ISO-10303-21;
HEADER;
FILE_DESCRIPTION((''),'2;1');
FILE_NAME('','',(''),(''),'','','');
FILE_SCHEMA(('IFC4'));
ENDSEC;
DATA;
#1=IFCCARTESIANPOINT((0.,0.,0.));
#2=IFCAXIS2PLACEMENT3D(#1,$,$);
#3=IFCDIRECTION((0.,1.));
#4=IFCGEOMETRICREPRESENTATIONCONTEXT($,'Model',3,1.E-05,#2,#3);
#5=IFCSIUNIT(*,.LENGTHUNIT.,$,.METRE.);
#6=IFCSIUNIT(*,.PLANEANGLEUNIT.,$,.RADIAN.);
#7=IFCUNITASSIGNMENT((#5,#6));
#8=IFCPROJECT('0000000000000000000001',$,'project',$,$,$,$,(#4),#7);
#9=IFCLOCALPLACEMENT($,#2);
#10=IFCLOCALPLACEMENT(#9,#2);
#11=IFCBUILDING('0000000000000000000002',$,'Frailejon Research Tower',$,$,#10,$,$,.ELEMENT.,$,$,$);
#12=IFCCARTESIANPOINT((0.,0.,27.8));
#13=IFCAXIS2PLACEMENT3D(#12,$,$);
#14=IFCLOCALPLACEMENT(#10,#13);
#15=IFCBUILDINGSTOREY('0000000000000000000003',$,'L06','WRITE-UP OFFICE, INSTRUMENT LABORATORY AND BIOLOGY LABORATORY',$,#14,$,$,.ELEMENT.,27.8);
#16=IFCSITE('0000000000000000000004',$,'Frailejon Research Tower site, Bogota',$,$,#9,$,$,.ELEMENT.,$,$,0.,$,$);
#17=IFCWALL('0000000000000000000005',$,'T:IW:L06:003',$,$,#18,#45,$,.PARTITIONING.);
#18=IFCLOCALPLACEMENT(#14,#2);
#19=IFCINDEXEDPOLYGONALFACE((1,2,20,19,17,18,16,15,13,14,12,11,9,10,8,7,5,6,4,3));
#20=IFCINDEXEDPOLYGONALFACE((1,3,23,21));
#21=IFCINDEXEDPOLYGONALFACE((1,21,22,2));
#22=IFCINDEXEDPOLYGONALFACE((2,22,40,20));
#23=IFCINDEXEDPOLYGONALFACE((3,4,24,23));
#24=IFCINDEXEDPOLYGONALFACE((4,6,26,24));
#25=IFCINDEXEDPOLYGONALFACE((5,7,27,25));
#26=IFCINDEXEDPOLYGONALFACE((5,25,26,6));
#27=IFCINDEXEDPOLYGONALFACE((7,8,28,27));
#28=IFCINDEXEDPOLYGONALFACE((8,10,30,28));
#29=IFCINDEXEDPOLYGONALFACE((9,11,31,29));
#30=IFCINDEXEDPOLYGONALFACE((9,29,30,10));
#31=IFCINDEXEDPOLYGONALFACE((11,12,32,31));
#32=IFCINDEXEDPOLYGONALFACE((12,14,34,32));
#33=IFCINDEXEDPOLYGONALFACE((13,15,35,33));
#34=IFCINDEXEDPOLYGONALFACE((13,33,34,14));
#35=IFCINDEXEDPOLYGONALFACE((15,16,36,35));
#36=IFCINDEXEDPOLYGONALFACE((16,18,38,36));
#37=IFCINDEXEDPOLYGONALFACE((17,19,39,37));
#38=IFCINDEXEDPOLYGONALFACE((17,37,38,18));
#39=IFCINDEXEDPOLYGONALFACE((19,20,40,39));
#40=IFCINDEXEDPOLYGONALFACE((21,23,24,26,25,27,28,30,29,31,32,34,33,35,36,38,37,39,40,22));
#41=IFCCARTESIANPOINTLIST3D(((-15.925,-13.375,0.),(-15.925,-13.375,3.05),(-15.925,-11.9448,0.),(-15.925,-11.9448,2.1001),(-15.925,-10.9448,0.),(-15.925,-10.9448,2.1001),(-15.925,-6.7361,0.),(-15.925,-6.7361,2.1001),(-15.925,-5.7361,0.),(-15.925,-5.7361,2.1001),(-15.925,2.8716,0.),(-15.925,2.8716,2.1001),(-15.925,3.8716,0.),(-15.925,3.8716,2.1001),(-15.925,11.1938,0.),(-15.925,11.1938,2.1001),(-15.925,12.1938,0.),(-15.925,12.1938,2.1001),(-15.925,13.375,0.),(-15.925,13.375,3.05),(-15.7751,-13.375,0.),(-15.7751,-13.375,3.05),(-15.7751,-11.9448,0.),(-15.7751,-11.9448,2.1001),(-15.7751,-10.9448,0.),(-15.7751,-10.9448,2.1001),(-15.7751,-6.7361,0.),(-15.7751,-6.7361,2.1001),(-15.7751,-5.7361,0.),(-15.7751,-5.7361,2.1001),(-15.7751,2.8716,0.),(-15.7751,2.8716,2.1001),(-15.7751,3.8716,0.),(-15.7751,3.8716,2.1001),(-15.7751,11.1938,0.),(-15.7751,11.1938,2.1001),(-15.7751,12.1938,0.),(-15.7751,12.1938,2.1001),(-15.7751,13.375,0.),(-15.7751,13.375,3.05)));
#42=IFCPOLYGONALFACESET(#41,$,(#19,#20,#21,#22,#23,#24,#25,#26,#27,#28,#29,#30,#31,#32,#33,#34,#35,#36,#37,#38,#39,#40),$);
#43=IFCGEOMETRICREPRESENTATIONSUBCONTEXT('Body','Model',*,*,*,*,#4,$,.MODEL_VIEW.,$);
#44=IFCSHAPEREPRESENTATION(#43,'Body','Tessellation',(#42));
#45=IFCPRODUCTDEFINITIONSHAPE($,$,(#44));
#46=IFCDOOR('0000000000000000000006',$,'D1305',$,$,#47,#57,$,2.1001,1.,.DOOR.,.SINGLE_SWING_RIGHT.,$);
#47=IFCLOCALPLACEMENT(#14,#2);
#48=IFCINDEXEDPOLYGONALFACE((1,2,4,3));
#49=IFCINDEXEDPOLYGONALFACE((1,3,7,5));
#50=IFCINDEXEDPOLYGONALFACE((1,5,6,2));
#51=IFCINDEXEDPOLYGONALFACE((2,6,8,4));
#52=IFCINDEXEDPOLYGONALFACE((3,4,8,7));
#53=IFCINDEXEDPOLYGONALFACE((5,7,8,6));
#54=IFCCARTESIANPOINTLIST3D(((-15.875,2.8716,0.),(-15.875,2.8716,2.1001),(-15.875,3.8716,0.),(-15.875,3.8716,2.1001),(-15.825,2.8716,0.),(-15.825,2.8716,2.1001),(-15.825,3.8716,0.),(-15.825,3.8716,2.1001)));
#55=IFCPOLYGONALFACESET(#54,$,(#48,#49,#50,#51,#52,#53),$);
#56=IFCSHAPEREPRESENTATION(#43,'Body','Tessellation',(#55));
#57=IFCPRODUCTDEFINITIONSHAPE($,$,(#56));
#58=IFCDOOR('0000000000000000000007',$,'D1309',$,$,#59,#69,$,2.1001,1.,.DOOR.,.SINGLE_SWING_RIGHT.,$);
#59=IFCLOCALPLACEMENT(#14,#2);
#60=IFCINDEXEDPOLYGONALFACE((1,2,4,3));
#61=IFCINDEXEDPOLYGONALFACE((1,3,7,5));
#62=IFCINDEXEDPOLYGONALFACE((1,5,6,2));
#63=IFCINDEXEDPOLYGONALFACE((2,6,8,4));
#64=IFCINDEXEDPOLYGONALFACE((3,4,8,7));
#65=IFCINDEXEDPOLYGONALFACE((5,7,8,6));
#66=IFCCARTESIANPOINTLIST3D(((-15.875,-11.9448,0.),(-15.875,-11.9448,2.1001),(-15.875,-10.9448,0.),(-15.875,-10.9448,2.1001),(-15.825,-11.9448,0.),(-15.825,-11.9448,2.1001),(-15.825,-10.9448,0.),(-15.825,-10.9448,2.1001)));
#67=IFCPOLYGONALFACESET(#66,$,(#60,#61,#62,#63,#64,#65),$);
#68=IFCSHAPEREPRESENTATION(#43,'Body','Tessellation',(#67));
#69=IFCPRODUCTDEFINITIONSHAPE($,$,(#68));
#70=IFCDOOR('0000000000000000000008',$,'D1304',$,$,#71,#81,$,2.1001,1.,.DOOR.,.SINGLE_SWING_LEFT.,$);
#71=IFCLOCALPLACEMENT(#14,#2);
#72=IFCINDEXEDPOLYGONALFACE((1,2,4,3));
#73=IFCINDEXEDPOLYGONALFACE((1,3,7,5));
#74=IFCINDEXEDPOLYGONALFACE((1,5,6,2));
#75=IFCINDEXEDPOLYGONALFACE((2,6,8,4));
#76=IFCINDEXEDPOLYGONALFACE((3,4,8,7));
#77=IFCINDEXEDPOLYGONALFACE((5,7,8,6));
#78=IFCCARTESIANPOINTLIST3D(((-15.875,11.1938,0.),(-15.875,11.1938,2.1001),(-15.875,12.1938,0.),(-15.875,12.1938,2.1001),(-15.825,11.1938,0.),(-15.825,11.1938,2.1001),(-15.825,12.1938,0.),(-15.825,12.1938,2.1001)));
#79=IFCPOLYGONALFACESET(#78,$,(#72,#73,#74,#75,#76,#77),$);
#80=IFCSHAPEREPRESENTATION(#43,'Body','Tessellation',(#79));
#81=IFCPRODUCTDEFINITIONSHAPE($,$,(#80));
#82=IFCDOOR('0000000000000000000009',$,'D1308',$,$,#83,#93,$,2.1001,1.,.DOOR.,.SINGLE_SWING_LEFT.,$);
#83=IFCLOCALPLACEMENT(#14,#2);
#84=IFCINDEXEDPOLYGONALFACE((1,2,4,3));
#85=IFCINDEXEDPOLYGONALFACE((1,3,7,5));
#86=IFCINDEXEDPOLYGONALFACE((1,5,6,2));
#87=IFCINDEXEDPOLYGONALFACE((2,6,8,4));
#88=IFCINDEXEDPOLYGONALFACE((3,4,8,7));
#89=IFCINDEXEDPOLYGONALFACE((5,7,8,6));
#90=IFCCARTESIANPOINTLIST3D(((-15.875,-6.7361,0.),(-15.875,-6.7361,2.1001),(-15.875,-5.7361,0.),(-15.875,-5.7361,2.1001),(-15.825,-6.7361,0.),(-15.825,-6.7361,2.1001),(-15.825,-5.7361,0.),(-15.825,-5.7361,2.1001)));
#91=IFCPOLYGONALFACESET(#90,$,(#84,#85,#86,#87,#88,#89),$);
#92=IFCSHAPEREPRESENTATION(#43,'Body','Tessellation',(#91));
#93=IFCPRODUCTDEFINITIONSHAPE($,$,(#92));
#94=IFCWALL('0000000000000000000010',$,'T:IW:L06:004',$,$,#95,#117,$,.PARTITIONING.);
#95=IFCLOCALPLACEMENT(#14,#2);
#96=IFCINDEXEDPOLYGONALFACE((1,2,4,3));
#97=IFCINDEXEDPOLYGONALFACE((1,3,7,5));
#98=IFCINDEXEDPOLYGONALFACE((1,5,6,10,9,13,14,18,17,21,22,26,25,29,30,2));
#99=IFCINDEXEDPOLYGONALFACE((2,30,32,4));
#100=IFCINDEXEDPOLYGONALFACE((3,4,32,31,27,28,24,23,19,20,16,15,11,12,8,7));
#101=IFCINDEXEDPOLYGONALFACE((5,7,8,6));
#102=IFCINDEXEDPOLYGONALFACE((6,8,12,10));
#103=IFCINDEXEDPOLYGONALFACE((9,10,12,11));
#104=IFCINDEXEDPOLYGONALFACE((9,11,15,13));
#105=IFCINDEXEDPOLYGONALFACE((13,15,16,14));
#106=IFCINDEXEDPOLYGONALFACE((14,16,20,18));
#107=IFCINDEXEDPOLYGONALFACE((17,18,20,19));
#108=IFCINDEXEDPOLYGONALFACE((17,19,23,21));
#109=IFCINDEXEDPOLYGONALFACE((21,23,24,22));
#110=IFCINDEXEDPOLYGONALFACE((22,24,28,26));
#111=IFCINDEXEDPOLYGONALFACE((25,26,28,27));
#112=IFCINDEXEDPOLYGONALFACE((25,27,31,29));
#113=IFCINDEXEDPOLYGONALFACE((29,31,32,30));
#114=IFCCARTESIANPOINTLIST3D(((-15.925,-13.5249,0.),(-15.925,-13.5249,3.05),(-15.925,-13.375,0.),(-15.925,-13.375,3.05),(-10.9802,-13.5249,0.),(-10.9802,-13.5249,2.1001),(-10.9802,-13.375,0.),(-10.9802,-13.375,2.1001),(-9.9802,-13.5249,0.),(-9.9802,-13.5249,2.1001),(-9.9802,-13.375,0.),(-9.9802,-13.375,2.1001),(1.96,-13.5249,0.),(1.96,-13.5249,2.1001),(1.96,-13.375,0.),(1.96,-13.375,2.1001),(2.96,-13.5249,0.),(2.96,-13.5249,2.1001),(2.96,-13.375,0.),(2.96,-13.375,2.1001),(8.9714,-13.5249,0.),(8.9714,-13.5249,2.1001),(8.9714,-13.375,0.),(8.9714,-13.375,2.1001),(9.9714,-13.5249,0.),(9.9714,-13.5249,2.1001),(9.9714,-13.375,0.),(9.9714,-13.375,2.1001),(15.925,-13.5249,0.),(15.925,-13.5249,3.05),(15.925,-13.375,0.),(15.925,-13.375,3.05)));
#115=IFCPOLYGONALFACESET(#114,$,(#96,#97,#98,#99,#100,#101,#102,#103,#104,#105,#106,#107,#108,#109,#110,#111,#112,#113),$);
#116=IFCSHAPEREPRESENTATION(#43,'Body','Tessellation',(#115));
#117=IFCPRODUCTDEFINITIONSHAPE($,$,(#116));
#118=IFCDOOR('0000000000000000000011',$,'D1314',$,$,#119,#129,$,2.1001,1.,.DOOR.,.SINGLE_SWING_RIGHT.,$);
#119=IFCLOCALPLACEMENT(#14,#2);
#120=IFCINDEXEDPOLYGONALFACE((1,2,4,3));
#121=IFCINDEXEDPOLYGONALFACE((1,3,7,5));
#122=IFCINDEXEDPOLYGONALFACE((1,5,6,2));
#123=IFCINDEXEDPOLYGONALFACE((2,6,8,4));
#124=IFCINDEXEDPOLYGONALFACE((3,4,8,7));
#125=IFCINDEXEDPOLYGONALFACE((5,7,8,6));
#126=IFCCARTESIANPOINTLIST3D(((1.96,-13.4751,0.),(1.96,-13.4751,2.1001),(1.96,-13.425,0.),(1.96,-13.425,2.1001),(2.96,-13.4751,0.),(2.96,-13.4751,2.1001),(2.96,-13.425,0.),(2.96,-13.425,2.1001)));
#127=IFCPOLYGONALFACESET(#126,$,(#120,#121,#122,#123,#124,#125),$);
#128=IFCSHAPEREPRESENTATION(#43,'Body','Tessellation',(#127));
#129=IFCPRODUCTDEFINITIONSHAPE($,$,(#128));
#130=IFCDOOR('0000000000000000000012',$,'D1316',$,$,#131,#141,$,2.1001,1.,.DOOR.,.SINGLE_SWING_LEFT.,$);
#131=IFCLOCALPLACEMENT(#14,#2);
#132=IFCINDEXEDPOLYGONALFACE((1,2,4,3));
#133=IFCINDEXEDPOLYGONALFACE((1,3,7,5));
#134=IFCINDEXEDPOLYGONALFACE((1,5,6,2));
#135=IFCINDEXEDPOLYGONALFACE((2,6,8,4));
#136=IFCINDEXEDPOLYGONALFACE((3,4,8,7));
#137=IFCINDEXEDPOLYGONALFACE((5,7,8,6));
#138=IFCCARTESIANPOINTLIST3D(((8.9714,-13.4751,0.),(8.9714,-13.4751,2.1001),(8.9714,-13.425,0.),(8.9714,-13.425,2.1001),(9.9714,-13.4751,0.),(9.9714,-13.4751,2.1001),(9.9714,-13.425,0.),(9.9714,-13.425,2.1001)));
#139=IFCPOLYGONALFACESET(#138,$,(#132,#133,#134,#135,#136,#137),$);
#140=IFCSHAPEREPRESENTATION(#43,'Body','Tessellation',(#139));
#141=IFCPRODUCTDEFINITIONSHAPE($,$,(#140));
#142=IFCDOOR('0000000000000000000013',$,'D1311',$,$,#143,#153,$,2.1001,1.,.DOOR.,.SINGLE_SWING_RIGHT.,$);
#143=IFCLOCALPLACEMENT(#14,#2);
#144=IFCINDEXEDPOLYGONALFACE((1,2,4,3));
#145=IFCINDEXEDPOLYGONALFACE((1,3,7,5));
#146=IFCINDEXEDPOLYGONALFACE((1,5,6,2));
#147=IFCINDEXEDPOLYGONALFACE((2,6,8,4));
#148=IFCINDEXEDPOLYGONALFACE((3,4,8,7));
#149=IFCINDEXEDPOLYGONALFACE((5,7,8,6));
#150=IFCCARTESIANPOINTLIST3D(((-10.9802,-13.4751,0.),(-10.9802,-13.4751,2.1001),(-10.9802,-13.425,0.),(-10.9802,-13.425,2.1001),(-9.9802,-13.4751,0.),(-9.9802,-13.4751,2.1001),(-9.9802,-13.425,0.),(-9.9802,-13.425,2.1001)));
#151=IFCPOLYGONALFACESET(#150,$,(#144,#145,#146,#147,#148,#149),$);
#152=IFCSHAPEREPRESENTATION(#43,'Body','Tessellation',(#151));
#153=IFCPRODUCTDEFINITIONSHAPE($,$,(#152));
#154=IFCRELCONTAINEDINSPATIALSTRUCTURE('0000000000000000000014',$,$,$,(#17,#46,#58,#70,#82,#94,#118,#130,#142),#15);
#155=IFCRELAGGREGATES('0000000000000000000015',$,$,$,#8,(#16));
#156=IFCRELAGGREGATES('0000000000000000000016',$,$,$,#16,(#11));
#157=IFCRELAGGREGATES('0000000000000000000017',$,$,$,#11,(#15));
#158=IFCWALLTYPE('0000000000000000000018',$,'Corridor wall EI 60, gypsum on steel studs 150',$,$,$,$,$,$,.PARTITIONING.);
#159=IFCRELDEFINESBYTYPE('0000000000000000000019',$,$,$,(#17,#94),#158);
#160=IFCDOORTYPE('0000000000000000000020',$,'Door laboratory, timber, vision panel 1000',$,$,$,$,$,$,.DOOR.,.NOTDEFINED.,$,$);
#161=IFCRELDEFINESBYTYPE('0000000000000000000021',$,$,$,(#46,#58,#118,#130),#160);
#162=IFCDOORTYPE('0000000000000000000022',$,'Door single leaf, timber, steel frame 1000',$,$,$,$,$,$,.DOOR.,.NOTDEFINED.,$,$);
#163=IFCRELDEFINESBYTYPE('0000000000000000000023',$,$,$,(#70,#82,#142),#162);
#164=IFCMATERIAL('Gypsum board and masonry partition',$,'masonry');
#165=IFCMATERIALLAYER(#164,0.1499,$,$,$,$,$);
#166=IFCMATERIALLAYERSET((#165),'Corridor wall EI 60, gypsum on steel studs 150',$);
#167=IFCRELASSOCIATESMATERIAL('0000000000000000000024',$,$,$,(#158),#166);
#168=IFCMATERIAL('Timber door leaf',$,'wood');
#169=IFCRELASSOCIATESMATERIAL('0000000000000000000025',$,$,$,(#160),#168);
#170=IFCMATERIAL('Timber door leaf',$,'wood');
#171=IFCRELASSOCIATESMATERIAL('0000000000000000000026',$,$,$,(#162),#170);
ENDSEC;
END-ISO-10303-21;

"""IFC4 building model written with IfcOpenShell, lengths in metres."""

from ifc_helpers import new_model, si_unit, direction, frame, frame_2d, origin, place, context, subcontext, project, spatial, rectangle, extrude, material, layer, layer_set, type_object, element, fill, save


model = new_model("IFC4")

# Units and contexts
model_context = context("Model", 3, precision=1e-05, world=origin(), true_north=direction((0.0, 1.0)))
body_context = subcontext(model_context, "Body", "Model", "MODEL_VIEW")
ifc_project = project(units=[si_unit("LENGTHUNIT", "METRE"), si_unit("PLANEANGLEUNIT", "RADIAN")], contexts=[model_context])

# Site, building, storey
site_placement = place(None, origin())
site = spatial("IfcSite", under=ifc_project, at=site_placement, Name="Frailejon Research Tower site, Bogota", CompositionType="ELEMENT", RefElevation=0.0)
building_placement = place(site_placement, origin())
building = spatial("IfcBuilding", under=site, at=building_placement, Name="Frailejon Research Tower", CompositionType="ELEMENT")
storey_placement = place(building_placement, frame((0.0, 0.0, 27.8)))
storey = spatial("IfcBuildingStorey", under=building, at=storey_placement, Name="L06", Description="WRITE-UP OFFICE, INSTRUMENT LABORATORY AND BIOLOGY LABORATORY", CompositionType="ELEMENT", Elevation=27.8)

# Walls, openings, doors
ifc_material_1 = material(Name="Gypsum board and masonry partition", Category="masonry")
ifc_layer_1 = layer(ifc_material_1, 0.1499)
ifc_layer_set_1 = layer_set([ifc_layer_1], Name="Corridor wall EI 60, gypsum on steel studs 150")
wall_type_1 = type_object("IfcWallType", Name="Corridor wall EI 60, gypsum on steel studs 150", PredefinedType="PARTITIONING", material=ifc_layer_set_1)
wall_1_placement = place(storey_placement, frame((-15.8501, -13.375, 0.0), z_axis=(0.0, 0.0, 1.0), x_axis=(0.0, 1.0, 0.0)))
wall_1 = element("IfcWall", 1, at=wall_1_placement, inside=storey, type_object=wall_type_1, Name="T:IW:L06:003", PredefinedType="PARTITIONING", context=body_context, shape_type="SweptSolid", body=[
    extrude(rectangle(XDim=26.75, YDim=0.1499, at=frame_2d((13.375, 0.0))), origin(), (0.0, 0.0, 1.0), 3.05),
])
opening_1_placement = place(wall_1_placement, frame((24.5688, 0.0, 0.0)))
opening_1 = element("IfcOpeningElement", 2, at=opening_1_placement, cuts=wall_1, PredefinedType="OPENING", context=body_context, shape_type="SweptSolid", body=[
    extrude(rectangle(XDim=1.0, YDim=2.1001, at=frame_2d((0.5, 1.05))), frame((0.0, 0.085, 0.0), z_axis=(0.0, -1.0, 0.0), x_axis=(1.0, 0.0, 0.0)), (0.0, 0.0, 1.0), 0.1699),
])
opening_2_placement = place(wall_1_placement, frame((16.2466, 0.0, 0.0)))
opening_2 = element("IfcOpeningElement", 3, at=opening_2_placement, cuts=wall_1, PredefinedType="OPENING", context=body_context, shape_type="SweptSolid", body=[
    extrude(rectangle(XDim=1.0, YDim=2.1001, at=frame_2d((0.5, 1.05))), frame((0.0, 0.085, 0.0), z_axis=(0.0, -1.0, 0.0), x_axis=(1.0, 0.0, 0.0)), (0.0, 0.0, 1.0), 0.1699),
])
opening_3_placement = place(wall_1_placement, frame((6.6389, 0.0, 0.0)))
opening_3 = element("IfcOpeningElement", 4, at=opening_3_placement, cuts=wall_1, PredefinedType="OPENING", context=body_context, shape_type="SweptSolid", body=[
    extrude(rectangle(XDim=1.0, YDim=2.1001, at=frame_2d((0.5, 1.05))), frame((0.0, 0.085, 0.0), z_axis=(0.0, -1.0, 0.0), x_axis=(1.0, 0.0, 0.0)), (0.0, 0.0, 1.0), 0.1699),
])
opening_4_placement = place(wall_1_placement, frame((1.4302, 0.0, 0.0)))
opening_4 = element("IfcOpeningElement", 5, at=opening_4_placement, cuts=wall_1, PredefinedType="OPENING", context=body_context, shape_type="SweptSolid", body=[
    extrude(rectangle(XDim=1.0, YDim=2.1001, at=frame_2d((0.5, 1.05))), frame((0.0, 0.085, 0.0), z_axis=(0.0, -1.0, 0.0), x_axis=(1.0, 0.0, 0.0)), (0.0, 0.0, 1.0), 0.1699),
])
ifc_material_2 = material(Name="Timber door leaf", Category="wood")
door_type_1 = type_object("IfcDoorType", Name="Door laboratory, timber, vision panel 1000", OperationType="NOTDEFINED", PredefinedType="DOOR", material=ifc_material_2)
door_1_placement = place(opening_2_placement, origin())
door_1 = element("IfcDoor", 6, at=door_1_placement, inside=storey, type_object=door_type_1, Name="D1305", OperationType="SINGLE_SWING_RIGHT", OverallHeight=2.1001, OverallWidth=1.0, PredefinedType="DOOR", context=body_context, shape_type="SweptSolid", body=[
    extrude(rectangle(XDim=1.0, YDim=2.1001, at=frame_2d((0.5, 1.05))), frame((0.0, 0.0249, 0.0), z_axis=(0.0, -1.0, 0.0), x_axis=(1.0, 0.0, 0.0)), (0.0, 0.0, 1.0), 0.05),
])
fill(opening_2, door_1)
door_2_placement = place(opening_4_placement, origin())
door_2 = element("IfcDoor", 7, at=door_2_placement, inside=storey, type_object=door_type_1, Name="D1309", OperationType="SINGLE_SWING_RIGHT", OverallHeight=2.1001, OverallWidth=1.0, PredefinedType="DOOR", context=body_context, shape_type="SweptSolid", body=[
    extrude(rectangle(XDim=1.0, YDim=2.1001, at=frame_2d((0.5, 1.05))), frame((0.0, 0.0249, 0.0), z_axis=(0.0, -1.0, 0.0), x_axis=(1.0, 0.0, 0.0)), (0.0, 0.0, 1.0), 0.05),
])
fill(opening_4, door_2)
ifc_material_3 = material(Name="Timber door leaf", Category="wood")
door_type_2 = type_object("IfcDoorType", Name="Door single leaf, timber, steel frame 1000", OperationType="NOTDEFINED", PredefinedType="DOOR", material=ifc_material_3)
door_3_placement = place(opening_1_placement, origin())
door_3 = element("IfcDoor", 8, at=door_3_placement, inside=storey, type_object=door_type_2, Name="D1304", OperationType="SINGLE_SWING_LEFT", OverallHeight=2.1001, OverallWidth=1.0, PredefinedType="DOOR", context=body_context, shape_type="SweptSolid", body=[
    extrude(rectangle(XDim=1.0, YDim=2.1001, at=frame_2d((0.5, 1.05))), frame((0.0, 0.0249, 0.0), z_axis=(0.0, -1.0, 0.0), x_axis=(1.0, 0.0, 0.0)), (0.0, 0.0, 1.0), 0.05),
])
fill(opening_1, door_3)
door_4_placement = place(opening_3_placement, origin())
door_4 = element("IfcDoor", 9, at=door_4_placement, inside=storey, type_object=door_type_2, Name="D1308", OperationType="SINGLE_SWING_LEFT", OverallHeight=2.1001, OverallWidth=1.0, PredefinedType="DOOR", context=body_context, shape_type="SweptSolid", body=[
    extrude(rectangle(XDim=1.0, YDim=2.1001, at=frame_2d((0.5, 1.05))), frame((0.0, 0.0249, 0.0), z_axis=(0.0, -1.0, 0.0), x_axis=(1.0, 0.0, 0.0)), (0.0, 0.0, 1.0), 0.05),
])
fill(opening_3, door_4)
wall_2_placement = place(storey_placement, frame((-15.925, -13.45, 0.0), z_axis=(0.0, 0.0, 1.0), x_axis=(1.0, 0.0, 0.0)))
wall_2 = element("IfcWall", 10, at=wall_2_placement, inside=storey, type_object=wall_type_1, Name="T:IW:L06:004", PredefinedType="PARTITIONING", context=body_context, shape_type="SweptSolid", body=[
    extrude(rectangle(XDim=31.8501, YDim=0.1499, at=frame_2d((15.925, 0.0))), origin(), (0.0, 0.0, 1.0), 3.05),
])
opening_5_placement = place(wall_2_placement, frame((4.9448, 0.0, 0.0)))
opening_5 = element("IfcOpeningElement", 11, at=opening_5_placement, cuts=wall_2, PredefinedType="OPENING", context=body_context, shape_type="SweptSolid", body=[
    extrude(rectangle(XDim=1.0, YDim=2.1001, at=frame_2d((0.5, 1.05))), frame((0.0, 0.085, 0.0), z_axis=(0.0, -1.0, 0.0), x_axis=(1.0, 0.0, 0.0)), (0.0, 0.0, 1.0), 0.1699),
])
opening_6_placement = place(wall_2_placement, frame((17.885, 0.0, 0.0)))
opening_6 = element("IfcOpeningElement", 12, at=opening_6_placement, cuts=wall_2, PredefinedType="OPENING", context=body_context, shape_type="SweptSolid", body=[
    extrude(rectangle(XDim=1.0, YDim=2.1001, at=frame_2d((0.5, 1.05))), frame((0.0, 0.085, 0.0), z_axis=(0.0, -1.0, 0.0), x_axis=(1.0, 0.0, 0.0)), (0.0, 0.0, 1.0), 0.1699),
])
opening_7_placement = place(wall_2_placement, frame((24.8965, 0.0, 0.0)))
opening_7 = element("IfcOpeningElement", 13, at=opening_7_placement, cuts=wall_2, PredefinedType="OPENING", context=body_context, shape_type="SweptSolid", body=[
    extrude(rectangle(XDim=1.0, YDim=2.1001, at=frame_2d((0.5, 1.05))), frame((0.0, 0.085, 0.0), z_axis=(0.0, -1.0, 0.0), x_axis=(1.0, 0.0, 0.0)), (0.0, 0.0, 1.0), 0.1699),
])
door_5_placement = place(opening_6_placement, origin())
door_5 = element("IfcDoor", 14, at=door_5_placement, inside=storey, type_object=door_type_1, Name="D1314", OperationType="SINGLE_SWING_RIGHT", OverallHeight=2.1001, OverallWidth=1.0, PredefinedType="DOOR", context=body_context, shape_type="SweptSolid", body=[
    extrude(rectangle(XDim=1.0, YDim=2.1001, at=frame_2d((0.5, 1.05))), frame((0.0, 0.0249, 0.0), z_axis=(0.0, -1.0, 0.0), x_axis=(1.0, 0.0, 0.0)), (0.0, 0.0, 1.0), 0.05),
])
fill(opening_6, door_5)
door_6_placement = place(opening_7_placement, origin())
door_6 = element("IfcDoor", 15, at=door_6_placement, inside=storey, type_object=door_type_1, Name="D1316", OperationType="SINGLE_SWING_LEFT", OverallHeight=2.1001, OverallWidth=1.0, PredefinedType="DOOR", context=body_context, shape_type="SweptSolid", body=[
    extrude(rectangle(XDim=1.0, YDim=2.1001, at=frame_2d((0.5, 1.05))), frame((0.0, 0.0249, 0.0), z_axis=(0.0, -1.0, 0.0), x_axis=(1.0, 0.0, 0.0)), (0.0, 0.0, 1.0), 0.05),
])
fill(opening_7, door_6)
door_7_placement = place(opening_5_placement, origin())
door_7 = element("IfcDoor", 16, at=door_7_placement, inside=storey, type_object=door_type_2, Name="D1311", OperationType="SINGLE_SWING_RIGHT", OverallHeight=2.1001, OverallWidth=1.0, PredefinedType="DOOR", context=body_context, shape_type="SweptSolid", body=[
    extrude(rectangle(XDim=1.0, YDim=2.1001, at=frame_2d((0.5, 1.05))), frame((0.0, 0.0249, 0.0), z_axis=(0.0, -1.0, 0.0), x_axis=(1.0, 0.0, 0.0)), (0.0, 0.0, 1.0), 0.05),
])
fill(opening_5, door_7)

save(model, "model.ifc")
